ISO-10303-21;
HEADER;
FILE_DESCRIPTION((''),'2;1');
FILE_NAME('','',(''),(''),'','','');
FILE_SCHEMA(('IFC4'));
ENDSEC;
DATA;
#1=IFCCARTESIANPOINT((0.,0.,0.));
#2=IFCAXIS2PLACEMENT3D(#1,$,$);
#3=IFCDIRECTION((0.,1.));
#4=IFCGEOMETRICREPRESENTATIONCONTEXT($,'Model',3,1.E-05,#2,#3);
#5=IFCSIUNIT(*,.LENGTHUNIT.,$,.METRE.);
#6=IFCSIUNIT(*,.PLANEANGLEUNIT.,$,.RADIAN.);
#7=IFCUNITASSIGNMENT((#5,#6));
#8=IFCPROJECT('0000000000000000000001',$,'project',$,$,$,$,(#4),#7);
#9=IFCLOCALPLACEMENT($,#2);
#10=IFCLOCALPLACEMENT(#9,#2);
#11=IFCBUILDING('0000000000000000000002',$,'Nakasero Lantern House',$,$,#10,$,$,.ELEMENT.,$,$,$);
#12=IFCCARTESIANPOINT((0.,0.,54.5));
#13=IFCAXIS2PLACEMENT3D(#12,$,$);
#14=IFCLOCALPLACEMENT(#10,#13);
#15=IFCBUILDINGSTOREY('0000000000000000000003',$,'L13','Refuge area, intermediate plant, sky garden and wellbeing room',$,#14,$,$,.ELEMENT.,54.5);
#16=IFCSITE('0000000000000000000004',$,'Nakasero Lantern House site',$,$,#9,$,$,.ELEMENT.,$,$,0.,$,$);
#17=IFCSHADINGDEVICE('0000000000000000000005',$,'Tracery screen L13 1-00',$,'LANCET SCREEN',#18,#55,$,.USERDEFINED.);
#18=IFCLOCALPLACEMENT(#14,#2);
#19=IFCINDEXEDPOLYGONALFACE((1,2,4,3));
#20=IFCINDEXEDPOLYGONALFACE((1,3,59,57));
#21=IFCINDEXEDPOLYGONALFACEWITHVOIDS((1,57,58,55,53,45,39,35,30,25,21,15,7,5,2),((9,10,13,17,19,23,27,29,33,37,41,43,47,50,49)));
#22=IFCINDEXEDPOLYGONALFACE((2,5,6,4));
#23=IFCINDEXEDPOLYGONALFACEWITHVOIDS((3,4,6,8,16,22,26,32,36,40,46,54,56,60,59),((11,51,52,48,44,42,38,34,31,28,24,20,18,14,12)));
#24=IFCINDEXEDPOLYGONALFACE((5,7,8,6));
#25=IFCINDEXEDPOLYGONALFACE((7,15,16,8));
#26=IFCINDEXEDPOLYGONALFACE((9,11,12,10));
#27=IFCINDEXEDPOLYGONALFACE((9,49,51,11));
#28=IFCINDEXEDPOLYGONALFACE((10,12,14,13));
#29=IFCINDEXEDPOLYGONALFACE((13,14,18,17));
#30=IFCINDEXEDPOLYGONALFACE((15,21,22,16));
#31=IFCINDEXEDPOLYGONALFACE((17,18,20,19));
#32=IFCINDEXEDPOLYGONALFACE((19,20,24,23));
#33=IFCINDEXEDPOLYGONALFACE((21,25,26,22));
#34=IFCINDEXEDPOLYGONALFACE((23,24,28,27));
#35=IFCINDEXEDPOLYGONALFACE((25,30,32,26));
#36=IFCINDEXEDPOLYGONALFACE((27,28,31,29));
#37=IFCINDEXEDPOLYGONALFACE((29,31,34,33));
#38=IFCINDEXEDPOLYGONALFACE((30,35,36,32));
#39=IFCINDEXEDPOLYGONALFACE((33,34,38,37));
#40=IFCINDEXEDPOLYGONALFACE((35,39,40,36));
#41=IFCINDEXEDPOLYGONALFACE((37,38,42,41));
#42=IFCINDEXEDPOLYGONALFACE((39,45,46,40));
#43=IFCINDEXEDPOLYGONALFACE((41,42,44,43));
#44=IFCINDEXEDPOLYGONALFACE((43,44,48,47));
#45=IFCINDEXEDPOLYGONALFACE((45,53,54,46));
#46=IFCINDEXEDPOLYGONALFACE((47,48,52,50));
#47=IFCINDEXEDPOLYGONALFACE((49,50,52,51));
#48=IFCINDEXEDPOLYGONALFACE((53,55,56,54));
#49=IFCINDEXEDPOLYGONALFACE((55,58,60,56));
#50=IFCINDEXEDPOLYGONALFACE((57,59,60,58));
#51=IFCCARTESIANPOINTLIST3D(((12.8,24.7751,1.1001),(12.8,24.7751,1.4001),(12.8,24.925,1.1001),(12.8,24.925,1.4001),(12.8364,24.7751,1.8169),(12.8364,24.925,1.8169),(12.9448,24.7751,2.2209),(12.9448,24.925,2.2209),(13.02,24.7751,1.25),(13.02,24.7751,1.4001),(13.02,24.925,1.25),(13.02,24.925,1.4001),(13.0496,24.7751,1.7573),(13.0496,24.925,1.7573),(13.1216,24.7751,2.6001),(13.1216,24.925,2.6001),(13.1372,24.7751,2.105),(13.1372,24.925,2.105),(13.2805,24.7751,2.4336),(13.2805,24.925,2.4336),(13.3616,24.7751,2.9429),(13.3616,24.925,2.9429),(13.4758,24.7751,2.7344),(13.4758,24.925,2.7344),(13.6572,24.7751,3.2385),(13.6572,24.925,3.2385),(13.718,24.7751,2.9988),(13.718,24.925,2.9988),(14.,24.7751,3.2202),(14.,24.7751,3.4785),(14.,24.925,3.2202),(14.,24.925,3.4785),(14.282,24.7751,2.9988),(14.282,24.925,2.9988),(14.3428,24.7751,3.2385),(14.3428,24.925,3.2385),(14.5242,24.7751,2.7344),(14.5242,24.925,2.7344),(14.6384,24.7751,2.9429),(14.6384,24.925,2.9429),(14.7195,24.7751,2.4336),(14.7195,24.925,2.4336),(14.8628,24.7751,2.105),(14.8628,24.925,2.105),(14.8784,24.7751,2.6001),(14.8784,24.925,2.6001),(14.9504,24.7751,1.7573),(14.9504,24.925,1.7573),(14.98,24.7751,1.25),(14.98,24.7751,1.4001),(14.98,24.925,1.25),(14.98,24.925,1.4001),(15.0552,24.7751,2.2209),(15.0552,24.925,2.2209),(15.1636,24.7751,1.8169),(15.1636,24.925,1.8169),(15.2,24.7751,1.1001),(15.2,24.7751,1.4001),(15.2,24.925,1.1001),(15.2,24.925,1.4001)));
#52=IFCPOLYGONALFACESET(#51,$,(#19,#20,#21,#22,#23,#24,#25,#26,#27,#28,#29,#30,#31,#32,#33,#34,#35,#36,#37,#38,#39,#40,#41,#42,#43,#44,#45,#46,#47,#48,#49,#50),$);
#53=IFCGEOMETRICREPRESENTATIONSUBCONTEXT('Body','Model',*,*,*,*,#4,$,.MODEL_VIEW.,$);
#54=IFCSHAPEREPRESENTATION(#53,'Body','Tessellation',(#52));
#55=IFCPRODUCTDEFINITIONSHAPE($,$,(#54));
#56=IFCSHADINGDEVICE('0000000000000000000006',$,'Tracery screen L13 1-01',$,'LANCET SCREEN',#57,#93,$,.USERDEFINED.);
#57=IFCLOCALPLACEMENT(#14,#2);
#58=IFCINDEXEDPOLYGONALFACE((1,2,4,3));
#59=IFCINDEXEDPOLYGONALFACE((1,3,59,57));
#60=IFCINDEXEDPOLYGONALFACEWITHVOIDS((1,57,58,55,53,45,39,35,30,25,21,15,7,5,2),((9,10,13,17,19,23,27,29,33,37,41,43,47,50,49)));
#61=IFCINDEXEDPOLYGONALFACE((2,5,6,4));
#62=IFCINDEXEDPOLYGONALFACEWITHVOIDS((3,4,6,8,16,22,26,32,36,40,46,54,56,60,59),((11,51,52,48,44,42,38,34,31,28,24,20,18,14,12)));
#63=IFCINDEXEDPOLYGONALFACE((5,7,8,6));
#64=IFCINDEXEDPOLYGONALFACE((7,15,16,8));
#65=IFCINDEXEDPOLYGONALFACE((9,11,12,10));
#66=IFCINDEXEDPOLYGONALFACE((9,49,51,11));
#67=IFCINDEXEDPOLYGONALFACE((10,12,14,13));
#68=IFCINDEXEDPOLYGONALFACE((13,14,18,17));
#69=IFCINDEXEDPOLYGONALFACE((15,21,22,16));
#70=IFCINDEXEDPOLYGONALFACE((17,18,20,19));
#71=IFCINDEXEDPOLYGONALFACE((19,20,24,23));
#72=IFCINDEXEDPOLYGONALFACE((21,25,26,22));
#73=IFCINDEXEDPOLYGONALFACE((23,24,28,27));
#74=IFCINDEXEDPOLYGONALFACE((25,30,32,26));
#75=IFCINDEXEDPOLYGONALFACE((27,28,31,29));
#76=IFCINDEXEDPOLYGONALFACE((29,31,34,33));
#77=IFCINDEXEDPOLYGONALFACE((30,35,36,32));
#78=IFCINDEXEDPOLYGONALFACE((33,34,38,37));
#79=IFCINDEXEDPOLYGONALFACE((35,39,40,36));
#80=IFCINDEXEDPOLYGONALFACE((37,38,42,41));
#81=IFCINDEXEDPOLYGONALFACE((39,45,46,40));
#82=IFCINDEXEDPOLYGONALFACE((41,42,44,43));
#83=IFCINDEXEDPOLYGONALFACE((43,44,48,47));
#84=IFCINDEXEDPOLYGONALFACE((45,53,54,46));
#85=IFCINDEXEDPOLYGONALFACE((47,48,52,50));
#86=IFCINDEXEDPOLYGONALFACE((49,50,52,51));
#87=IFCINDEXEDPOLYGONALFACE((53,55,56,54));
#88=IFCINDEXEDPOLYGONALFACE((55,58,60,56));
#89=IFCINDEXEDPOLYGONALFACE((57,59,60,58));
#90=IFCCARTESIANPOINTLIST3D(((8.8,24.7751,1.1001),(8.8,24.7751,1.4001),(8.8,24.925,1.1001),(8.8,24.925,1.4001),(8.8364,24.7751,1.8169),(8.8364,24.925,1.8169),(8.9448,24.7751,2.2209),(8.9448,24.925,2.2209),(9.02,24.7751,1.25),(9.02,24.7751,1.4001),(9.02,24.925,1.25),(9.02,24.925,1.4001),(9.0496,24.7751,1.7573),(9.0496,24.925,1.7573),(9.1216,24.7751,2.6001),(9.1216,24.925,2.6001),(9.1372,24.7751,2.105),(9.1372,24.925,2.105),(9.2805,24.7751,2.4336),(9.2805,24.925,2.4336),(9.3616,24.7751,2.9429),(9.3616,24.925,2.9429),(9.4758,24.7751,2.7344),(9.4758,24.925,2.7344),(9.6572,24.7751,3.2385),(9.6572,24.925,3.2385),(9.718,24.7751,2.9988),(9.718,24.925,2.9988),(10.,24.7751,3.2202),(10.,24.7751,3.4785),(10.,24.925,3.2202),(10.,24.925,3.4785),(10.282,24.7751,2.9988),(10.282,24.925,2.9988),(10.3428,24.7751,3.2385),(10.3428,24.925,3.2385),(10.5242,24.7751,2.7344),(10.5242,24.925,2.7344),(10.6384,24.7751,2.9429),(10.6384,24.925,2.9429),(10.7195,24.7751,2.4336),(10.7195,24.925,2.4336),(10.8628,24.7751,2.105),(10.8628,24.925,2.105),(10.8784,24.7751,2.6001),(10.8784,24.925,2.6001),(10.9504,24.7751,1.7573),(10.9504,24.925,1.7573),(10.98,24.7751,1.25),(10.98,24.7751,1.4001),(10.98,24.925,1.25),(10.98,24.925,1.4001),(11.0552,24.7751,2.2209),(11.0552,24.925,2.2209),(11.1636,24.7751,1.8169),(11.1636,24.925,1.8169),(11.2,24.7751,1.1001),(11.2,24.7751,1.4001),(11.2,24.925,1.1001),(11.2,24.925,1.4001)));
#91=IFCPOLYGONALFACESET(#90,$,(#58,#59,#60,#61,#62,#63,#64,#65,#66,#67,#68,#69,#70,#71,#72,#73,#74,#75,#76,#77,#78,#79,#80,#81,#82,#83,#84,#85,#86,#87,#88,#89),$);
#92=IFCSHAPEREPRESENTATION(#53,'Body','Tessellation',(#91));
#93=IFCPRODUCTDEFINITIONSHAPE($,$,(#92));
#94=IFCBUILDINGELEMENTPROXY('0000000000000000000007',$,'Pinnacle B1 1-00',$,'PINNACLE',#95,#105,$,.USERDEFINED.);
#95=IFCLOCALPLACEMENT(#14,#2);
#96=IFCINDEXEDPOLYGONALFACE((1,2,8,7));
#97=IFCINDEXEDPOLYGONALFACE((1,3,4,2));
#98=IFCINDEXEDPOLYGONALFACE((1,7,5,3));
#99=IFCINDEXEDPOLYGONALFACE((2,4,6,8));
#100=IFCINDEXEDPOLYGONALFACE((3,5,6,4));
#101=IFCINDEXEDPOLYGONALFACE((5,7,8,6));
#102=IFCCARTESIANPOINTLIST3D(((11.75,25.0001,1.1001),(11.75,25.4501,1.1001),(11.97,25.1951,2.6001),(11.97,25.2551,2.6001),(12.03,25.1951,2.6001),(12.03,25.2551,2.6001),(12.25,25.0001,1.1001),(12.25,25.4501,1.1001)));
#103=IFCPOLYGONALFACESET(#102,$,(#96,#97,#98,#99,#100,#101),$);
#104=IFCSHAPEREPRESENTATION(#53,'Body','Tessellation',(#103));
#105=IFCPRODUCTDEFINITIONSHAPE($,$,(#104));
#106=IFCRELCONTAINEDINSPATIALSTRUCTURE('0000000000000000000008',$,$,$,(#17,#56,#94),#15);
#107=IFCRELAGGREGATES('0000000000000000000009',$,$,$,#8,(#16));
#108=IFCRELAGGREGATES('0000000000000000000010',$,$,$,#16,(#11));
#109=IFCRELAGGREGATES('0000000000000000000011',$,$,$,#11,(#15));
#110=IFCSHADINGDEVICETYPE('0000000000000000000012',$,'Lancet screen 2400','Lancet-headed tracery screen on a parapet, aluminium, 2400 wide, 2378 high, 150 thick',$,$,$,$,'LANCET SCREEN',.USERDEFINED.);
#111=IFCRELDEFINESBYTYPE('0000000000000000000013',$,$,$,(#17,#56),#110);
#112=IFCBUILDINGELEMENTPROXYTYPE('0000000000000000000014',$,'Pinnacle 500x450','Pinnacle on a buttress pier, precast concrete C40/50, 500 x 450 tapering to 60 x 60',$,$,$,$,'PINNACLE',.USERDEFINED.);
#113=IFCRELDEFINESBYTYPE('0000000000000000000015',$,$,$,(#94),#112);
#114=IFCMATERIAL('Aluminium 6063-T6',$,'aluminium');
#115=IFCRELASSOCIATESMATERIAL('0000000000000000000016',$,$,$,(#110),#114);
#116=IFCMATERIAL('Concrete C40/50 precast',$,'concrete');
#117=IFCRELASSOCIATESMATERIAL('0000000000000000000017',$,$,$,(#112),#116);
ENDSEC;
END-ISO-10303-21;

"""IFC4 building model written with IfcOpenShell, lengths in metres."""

from ifc_helpers import new_model, entity, si_unit, direction, frame, origin, place, context, subcontext, project, spatial, polyline, outline, extrude, material, type_object, element, save


model = new_model("IFC4")

# Units and contexts
model_context = context("Model", 3, precision=1e-05, world=origin(), true_north=direction((0.0, 1.0)))
body_context = subcontext(model_context, "Body", "Model", "MODEL_VIEW")
ifc_project = project(units=[si_unit("LENGTHUNIT", "METRE"), si_unit("PLANEANGLEUNIT", "RADIAN")], contexts=[model_context])

# Site, building, storey
site_placement = place(None, origin())
site = spatial("IfcSite", under=ifc_project, at=site_placement, Name="Nakasero Lantern House site", CompositionType="ELEMENT", RefElevation=0.0)
building_placement = place(site_placement, origin())
building = spatial("IfcBuilding", under=site, at=building_placement, Name="Nakasero Lantern House", CompositionType="ELEMENT")
storey_placement = place(building_placement, frame((0.0, 0.0, 54.5)))
storey = spatial("IfcBuildingStorey", under=building, at=storey_placement, Name="L13", Description="Refuge area, intermediate plant, sky garden and wellbeing room", CompositionType="ELEMENT", Elevation=54.5)

# Shading devices
ifc_material_1 = material(Name="Aluminium 6063-T6", Category="aluminium")
shading_device_type = type_object("IfcShadingDeviceType", Name="Lancet screen 2400", Description="Lancet-headed tracery screen on a parapet, aluminium, 2400 wide, 2378 high, 150 thick", ElementType="LANCET SCREEN", PredefinedType="USERDEFINED", material=ifc_material_1)
for number, where, z_axis, x_axis, name in (
    (1, (14.0, 24.8501, 1.1001), (0.0, 0.0, 1.0), (-1.0, 0.0, 0.0), "Tracery screen L13 1-00"),
    (2, (10.0, 24.8501, 1.1001), (0.0, 0.0, 1.0), (-1.0, 0.0, 0.0), "Tracery screen L13 1-01"),
):
    element("IfcShadingDevice", number, at=place(storey_placement, frame(where, z_axis=z_axis, x_axis=x_axis)), inside=storey, type_object=shading_device_type, Name=name, ObjectType="LANCET SCREEN", PredefinedType="USERDEFINED", context=body_context, shape_type="SweptSolid", body=[
        extrude(outline(polyline([(-1.2, 0.0), (1.2, 0.0), (1.2, 0.3), (1.1636, 0.7168), (1.0552, 1.1208), (0.8784, 1.5), (0.6384, 1.8428), (0.3428, 2.1384), (0.0, 2.3784), (-0.3428, 2.1384), (-0.6384, 1.8428), (-0.8784, 1.5), (-1.0552, 1.1208), (-1.1636, 0.7168), (-1.2, 0.3), (-1.2, 0.0)]), holes=[polyline([(-0.98, 0.1499), (0.98, 0.1499), (0.98, 0.3), (0.9504, 0.6572), (0.8628, 1.0049), (0.7195, 1.3335), (0.5242, 1.6343), (0.282, 1.8987), (0.0, 2.1201), (-0.282, 1.8987), (-0.5242, 1.6343), (-0.7195, 1.3335), (-0.8628, 1.0049), (-0.9504, 0.6572), (-0.98, 0.3), (-0.98, 0.1499)])]), frame((0.0, 0.075, 0.0), z_axis=(0.0, -1.0, 0.0), x_axis=(1.0, 0.0, 0.0)), (0.0, 0.0, 1.0), 0.1499),
    ])

# Building element proxy
ifc_material_2 = material(Name="Concrete C40/50 precast", Category="concrete")
building_element_proxy_type = type_object("IfcBuildingElementProxyType", Name="Pinnacle 500x450", Description="Pinnacle on a buttress pier, precast concrete C40/50, 500 x 450 tapering to 60 x 60", ElementType="PINNACLE", PredefinedType="USERDEFINED", material=ifc_material_2)
proxy_placement = place(storey_placement, frame((12.0, 25.2251, 1.1001), z_axis=(0.0, 0.0, 1.0), x_axis=(0.0, 1.0, 0.0)))
element("IfcBuildingElementProxy", 3, at=proxy_placement, inside=storey, type_object=building_element_proxy_type, Name="Pinnacle B1 1-00", ObjectType="PINNACLE", PredefinedType="USERDEFINED", context=body_context, shape_type="SweptSolid", body=[
    entity("IfcExtrudedAreaSolidTapered", entity("IfcRectangleProfileDef", "AREA", None, entity("IfcAxis2Placement2D", entity("IfcCartesianPoint", [0.0, 0.0])), 0.45, 0.5), entity("IfcAxis2Placement3D", entity("IfcCartesianPoint", [0.0, 0.0, 0.0])), entity("IfcDirection", [0.0, 0.0, 1.0]), 1.5, entity("IfcRectangleProfileDef", "AREA", None, entity("IfcAxis2Placement2D", entity("IfcCartesianPoint", [0.0, 0.0])), 0.0601, 0.0601)),
])

save(model, "model.ifc")
